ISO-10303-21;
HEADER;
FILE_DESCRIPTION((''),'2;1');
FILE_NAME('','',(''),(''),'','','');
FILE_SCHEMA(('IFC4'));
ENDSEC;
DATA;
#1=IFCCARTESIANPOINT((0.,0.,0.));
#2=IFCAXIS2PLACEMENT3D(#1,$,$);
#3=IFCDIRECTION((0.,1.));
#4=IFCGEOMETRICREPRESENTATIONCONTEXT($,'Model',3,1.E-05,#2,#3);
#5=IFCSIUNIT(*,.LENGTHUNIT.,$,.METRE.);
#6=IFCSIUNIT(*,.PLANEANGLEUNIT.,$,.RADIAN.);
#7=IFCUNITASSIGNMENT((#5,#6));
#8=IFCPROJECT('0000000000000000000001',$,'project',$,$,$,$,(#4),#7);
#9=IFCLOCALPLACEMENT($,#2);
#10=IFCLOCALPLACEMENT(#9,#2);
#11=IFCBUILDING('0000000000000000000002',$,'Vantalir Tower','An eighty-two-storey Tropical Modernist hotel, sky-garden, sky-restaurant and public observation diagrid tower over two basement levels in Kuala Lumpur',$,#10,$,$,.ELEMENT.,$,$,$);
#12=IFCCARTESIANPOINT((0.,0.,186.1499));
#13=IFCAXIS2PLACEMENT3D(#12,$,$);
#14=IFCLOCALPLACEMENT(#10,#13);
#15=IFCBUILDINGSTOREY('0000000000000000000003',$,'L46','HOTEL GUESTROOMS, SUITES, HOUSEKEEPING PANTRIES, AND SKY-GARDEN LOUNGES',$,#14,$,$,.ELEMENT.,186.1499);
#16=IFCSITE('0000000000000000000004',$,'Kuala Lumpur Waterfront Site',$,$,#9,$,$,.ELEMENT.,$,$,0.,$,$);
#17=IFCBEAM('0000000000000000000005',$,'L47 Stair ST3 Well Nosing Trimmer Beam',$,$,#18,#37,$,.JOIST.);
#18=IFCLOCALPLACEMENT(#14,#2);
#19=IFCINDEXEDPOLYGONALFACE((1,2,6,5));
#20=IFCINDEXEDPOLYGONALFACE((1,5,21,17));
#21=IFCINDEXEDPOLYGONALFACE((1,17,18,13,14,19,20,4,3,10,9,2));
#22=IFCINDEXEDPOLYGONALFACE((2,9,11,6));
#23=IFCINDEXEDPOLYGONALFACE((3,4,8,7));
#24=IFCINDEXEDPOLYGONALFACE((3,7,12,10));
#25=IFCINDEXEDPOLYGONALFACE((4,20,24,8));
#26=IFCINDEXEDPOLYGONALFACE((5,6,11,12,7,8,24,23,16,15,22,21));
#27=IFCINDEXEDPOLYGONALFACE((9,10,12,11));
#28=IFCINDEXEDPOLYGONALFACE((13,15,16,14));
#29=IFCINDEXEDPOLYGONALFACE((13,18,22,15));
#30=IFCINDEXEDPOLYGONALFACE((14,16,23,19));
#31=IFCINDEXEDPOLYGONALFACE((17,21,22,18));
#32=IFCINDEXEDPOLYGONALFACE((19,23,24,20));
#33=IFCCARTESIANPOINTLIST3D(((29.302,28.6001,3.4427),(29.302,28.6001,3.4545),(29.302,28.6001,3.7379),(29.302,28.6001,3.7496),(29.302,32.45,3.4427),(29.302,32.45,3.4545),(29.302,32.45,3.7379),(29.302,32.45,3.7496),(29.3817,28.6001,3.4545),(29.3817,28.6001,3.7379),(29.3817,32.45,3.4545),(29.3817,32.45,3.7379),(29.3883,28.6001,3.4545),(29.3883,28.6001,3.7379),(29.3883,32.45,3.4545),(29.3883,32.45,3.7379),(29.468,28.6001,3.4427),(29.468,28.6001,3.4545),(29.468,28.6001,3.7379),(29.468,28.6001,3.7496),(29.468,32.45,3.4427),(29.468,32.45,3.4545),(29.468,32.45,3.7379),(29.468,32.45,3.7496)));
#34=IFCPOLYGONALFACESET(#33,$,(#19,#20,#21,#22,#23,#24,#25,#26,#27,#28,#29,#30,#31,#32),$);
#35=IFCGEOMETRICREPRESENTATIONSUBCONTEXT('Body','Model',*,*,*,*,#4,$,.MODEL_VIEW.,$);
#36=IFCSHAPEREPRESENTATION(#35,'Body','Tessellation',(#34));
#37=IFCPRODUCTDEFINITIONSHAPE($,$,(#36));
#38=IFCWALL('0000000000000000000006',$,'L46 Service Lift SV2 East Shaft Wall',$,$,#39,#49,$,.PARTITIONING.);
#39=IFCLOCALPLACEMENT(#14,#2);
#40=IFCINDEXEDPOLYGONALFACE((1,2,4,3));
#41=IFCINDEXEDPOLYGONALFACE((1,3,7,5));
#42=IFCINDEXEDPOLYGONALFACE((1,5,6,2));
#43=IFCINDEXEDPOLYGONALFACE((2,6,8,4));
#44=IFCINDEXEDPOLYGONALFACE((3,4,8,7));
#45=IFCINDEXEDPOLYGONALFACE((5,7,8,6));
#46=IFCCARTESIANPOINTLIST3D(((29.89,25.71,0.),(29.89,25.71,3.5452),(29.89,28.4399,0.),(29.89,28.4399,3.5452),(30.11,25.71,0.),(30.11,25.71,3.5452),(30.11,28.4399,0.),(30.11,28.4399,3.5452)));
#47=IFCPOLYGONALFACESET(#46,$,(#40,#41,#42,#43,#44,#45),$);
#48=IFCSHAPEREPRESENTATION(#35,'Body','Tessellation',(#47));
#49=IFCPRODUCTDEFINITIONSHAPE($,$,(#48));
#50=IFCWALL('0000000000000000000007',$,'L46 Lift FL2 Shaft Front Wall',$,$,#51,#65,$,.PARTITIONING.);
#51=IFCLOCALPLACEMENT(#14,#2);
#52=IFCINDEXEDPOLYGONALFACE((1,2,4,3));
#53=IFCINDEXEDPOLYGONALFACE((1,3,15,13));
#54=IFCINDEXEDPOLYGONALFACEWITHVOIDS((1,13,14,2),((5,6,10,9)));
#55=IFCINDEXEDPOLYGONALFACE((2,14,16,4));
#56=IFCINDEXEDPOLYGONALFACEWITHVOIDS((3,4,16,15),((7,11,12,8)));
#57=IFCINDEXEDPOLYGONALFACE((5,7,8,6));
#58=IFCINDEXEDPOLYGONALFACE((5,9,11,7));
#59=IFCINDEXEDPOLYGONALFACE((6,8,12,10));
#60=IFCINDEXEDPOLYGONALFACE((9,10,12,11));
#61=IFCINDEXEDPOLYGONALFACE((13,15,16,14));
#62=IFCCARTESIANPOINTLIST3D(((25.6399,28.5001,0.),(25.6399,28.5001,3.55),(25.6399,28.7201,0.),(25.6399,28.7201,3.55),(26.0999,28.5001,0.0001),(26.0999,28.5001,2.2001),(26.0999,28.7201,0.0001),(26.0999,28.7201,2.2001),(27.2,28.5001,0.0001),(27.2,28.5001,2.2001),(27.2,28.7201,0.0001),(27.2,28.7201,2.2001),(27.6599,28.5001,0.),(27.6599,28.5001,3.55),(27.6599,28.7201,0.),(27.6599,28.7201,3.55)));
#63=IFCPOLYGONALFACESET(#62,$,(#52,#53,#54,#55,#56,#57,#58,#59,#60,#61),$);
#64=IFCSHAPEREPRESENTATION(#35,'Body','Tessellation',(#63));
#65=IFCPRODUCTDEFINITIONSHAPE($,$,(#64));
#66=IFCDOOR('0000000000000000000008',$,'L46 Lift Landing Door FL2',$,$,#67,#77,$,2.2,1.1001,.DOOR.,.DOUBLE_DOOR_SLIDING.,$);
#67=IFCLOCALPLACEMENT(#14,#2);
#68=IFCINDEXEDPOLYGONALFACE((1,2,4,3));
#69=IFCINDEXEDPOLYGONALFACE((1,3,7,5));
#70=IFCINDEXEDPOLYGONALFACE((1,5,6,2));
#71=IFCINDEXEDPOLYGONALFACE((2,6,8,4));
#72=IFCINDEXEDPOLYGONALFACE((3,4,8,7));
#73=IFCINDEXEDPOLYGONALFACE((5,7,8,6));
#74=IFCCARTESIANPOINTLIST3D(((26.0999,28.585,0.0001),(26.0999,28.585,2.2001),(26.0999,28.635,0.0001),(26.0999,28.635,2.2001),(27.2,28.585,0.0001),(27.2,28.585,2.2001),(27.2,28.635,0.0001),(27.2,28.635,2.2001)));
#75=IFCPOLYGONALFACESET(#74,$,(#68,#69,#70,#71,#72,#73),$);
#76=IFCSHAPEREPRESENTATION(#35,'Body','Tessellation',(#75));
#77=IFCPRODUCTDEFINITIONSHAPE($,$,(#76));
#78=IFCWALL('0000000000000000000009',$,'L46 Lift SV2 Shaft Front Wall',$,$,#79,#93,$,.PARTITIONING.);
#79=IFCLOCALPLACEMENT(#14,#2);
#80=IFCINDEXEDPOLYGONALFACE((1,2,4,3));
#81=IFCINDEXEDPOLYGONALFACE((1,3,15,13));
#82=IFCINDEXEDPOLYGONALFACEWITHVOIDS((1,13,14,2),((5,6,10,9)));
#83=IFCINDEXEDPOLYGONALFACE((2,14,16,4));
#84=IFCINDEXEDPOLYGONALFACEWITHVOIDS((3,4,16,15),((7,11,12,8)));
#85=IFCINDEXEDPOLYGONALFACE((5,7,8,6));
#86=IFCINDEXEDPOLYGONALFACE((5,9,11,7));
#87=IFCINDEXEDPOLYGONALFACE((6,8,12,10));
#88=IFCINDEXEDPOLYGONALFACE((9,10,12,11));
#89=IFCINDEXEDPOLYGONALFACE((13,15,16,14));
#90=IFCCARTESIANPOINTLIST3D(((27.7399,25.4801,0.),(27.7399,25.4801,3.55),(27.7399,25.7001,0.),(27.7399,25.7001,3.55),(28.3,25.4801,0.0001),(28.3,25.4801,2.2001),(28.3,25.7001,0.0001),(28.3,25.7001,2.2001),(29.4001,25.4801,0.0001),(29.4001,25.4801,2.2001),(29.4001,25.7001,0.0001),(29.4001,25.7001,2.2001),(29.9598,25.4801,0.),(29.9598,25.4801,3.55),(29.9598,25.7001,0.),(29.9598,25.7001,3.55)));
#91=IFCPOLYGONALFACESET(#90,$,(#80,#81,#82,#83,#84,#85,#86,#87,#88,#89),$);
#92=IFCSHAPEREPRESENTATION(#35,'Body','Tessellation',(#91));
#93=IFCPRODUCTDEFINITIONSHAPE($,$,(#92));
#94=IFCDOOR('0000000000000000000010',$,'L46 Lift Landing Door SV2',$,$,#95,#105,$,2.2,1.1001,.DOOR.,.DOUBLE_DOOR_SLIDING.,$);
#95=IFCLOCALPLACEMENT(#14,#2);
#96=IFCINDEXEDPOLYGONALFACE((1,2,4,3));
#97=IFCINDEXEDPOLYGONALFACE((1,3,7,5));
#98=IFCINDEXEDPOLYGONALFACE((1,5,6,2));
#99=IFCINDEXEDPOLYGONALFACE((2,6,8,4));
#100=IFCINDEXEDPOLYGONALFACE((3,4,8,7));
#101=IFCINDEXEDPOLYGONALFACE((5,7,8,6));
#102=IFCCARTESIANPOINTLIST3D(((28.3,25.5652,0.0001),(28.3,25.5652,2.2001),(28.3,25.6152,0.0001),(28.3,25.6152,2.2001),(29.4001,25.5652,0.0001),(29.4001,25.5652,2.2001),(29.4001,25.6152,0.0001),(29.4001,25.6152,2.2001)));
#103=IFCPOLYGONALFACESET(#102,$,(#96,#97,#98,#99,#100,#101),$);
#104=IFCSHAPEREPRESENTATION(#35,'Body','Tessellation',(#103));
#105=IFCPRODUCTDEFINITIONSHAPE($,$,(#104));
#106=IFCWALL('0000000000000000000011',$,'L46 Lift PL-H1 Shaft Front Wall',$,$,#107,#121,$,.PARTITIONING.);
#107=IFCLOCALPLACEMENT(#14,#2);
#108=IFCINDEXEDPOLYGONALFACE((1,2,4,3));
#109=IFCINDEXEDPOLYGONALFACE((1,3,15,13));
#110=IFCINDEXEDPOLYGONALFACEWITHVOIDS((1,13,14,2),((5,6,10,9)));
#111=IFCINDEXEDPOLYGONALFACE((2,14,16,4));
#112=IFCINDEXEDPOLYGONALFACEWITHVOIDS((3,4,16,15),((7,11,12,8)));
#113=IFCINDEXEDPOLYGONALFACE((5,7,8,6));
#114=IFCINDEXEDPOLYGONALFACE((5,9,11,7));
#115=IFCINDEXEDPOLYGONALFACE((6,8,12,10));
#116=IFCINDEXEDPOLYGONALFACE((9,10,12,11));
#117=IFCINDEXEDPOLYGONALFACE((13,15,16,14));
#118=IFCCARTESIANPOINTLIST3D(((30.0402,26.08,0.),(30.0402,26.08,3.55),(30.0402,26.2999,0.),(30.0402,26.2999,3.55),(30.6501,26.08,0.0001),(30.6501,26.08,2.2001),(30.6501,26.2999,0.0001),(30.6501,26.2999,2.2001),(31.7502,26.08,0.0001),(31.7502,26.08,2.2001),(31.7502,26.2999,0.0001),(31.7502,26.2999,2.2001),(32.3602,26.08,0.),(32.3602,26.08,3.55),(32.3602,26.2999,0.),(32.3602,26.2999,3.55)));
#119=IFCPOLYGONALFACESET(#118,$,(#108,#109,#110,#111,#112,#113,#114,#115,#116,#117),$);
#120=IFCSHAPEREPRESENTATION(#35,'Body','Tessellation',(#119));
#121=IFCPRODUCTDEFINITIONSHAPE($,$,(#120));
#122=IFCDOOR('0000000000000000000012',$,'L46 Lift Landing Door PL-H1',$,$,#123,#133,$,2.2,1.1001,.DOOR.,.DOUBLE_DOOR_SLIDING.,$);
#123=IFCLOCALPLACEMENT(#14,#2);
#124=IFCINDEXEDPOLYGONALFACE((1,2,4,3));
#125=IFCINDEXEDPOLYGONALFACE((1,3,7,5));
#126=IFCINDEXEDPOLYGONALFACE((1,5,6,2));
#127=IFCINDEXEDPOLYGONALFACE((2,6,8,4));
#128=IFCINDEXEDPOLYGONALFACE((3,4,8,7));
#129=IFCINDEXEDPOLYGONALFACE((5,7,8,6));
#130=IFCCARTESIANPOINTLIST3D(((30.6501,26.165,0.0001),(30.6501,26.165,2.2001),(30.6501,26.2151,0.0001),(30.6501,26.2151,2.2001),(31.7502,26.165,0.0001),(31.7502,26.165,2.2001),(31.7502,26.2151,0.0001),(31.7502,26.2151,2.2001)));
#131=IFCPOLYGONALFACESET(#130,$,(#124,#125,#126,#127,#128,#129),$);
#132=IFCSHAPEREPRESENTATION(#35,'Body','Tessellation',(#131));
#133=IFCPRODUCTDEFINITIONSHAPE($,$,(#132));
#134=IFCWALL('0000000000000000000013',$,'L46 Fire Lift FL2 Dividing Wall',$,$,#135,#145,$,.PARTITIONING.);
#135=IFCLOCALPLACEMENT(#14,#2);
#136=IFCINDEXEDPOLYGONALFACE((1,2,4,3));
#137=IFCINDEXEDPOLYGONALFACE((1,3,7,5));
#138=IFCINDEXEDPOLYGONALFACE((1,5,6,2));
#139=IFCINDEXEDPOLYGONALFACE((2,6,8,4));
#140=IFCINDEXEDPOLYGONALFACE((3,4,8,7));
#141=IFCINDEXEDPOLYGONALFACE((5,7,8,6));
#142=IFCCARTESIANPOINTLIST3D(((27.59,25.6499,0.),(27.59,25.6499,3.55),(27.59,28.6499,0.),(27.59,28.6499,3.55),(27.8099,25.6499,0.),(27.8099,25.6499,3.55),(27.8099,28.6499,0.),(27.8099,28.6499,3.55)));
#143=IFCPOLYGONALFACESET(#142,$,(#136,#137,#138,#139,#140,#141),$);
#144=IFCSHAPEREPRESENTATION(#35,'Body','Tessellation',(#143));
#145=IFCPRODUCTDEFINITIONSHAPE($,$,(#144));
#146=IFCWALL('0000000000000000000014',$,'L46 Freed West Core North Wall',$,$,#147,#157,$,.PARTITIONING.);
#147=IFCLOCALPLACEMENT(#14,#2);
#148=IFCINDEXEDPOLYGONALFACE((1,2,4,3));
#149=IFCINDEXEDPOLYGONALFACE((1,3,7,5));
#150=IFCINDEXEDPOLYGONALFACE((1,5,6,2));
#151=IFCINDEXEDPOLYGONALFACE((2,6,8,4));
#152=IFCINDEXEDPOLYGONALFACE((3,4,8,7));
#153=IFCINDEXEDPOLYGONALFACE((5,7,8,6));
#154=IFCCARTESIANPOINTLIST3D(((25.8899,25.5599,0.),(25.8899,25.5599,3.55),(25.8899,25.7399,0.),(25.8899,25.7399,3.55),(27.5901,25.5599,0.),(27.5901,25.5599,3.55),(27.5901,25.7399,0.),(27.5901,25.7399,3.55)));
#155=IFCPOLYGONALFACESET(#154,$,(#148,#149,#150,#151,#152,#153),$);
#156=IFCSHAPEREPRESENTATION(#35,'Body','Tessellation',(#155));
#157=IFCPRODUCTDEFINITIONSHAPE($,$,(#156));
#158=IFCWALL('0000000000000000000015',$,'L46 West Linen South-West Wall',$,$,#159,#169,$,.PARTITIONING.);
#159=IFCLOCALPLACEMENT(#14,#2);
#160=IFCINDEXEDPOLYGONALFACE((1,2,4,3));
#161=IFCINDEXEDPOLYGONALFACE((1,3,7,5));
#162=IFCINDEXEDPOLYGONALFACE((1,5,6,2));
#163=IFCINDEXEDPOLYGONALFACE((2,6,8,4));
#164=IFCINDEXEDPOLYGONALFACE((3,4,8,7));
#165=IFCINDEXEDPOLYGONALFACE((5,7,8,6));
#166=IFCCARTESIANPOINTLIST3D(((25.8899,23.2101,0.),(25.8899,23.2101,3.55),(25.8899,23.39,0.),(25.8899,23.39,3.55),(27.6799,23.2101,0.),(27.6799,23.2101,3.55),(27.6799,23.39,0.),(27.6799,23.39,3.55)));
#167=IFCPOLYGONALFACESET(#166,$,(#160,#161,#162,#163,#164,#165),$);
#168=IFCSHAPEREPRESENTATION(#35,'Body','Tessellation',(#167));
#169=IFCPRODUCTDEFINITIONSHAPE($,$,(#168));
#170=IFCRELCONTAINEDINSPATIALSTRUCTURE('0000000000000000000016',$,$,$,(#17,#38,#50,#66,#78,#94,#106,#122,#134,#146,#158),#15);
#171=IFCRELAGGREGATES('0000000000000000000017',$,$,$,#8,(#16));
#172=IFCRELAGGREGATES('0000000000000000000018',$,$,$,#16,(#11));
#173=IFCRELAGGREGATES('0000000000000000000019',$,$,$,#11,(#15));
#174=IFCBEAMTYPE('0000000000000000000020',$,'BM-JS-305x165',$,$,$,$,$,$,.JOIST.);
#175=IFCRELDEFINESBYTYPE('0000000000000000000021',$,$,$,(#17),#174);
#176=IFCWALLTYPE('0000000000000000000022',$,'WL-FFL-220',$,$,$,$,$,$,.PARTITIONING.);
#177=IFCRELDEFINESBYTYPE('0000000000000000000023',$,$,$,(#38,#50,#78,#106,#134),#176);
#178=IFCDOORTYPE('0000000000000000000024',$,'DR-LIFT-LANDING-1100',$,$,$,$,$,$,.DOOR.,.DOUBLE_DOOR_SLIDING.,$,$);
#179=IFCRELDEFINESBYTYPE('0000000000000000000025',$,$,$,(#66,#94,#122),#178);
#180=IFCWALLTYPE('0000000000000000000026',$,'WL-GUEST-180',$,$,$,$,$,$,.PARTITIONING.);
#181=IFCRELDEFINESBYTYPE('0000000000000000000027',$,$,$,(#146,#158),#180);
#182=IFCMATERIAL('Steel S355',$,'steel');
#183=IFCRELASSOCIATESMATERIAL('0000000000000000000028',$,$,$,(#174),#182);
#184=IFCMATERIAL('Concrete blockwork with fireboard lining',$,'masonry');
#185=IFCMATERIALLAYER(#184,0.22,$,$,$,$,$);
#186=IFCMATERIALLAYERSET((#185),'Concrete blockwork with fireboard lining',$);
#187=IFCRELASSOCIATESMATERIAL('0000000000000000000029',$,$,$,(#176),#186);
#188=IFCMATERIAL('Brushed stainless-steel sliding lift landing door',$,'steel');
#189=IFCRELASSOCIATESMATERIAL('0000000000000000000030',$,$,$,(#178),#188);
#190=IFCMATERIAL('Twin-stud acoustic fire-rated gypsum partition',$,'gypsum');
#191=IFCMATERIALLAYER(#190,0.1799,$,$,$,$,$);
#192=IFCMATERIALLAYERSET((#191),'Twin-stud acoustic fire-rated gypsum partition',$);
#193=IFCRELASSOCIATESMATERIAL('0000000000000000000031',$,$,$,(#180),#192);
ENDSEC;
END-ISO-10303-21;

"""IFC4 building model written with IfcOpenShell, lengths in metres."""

from ifc_helpers import new_model, si_unit, direction, frame, frame_2d, origin, origin_2d, place, context, subcontext, project, spatial, rectangle, i_section, extrude, material, layer, layer_set, material_profile, profile_set, type_object, element, fill, save


model = new_model("IFC4")

# Units and contexts
model_context = context("Model", 3, precision=1e-05, world=origin(), true_north=direction((0.0, 1.0)))
body_context = subcontext(model_context, "Body", "Model", "MODEL_VIEW")
ifc_project = project(units=[si_unit("LENGTHUNIT", "METRE"), si_unit("PLANEANGLEUNIT", "RADIAN")], contexts=[model_context])

# Site, building, storey
site_placement = place(None, origin())
site = spatial("IfcSite", under=ifc_project, at=site_placement, Name="Kuala Lumpur Waterfront Site", CompositionType="ELEMENT", RefElevation=0.0)
building_placement = place(site_placement, origin())
building = spatial("IfcBuilding", under=site, at=building_placement, Name="Vantalir Tower", Description="An eighty-two-storey Tropical Modernist hotel, sky-garden, sky-restaurant and public observation diagrid tower over two basement levels in Kuala Lumpur", CompositionType="ELEMENT")
storey_placement = place(building_placement, frame((0.0, 0.0, 186.1499)))
storey = spatial("IfcBuildingStorey", under=building, at=storey_placement, Name="L46", Description="HOTEL GUESTROOMS, SUITES, HOUSEKEEPING PANTRIES, AND SKY-GARDEN LOUNGES", CompositionType="ELEMENT", Elevation=186.1499)

# Beam
ifc_material_1 = material(Name="Steel S355", Category="steel")
ifc_material_profile = material_profile(ifc_material_1, i_section(OverallWidth=0.166, OverallDepth=0.3069, WebThickness=0.0066, FlangeThickness=0.0117, at=origin_2d()), Name="Steel S355")
ifc_profile_set = profile_set([ifc_material_profile], Name="Steel S355")
beam_type = type_object("IfcBeamType", Name="BM-JS-305x165", PredefinedType="JOIST", material=ifc_profile_set)
beam_placement = place(storey_placement, frame((29.385, 28.6001, 3.5962), z_axis=(0.0, 1.0, 0.0), x_axis=(-1.0, 0.0, 0.0)))
element("IfcBeam", 1, at=beam_placement, inside=storey, type_object=beam_type, Name="L47 Stair ST3 Well Nosing Trimmer Beam", PredefinedType="JOIST", context=body_context, shape_type="SweptSolid", body=[
    extrude(i_section(OverallWidth=0.166, OverallDepth=0.3069, WebThickness=0.0066, FlangeThickness=0.0117, at=origin_2d()), origin(), (0.0, 0.0, 1.0), 3.8499),
])

# Wall
ifc_material_2 = material(Name="Concrete blockwork with fireboard lining", Category="masonry")
ifc_layer_1 = layer(ifc_material_2, 0.22)
ifc_layer_set_1 = layer_set([ifc_layer_1], Name="Concrete blockwork with fireboard lining")
wall_type_1 = type_object("IfcWallType", Name="WL-FFL-220", PredefinedType="PARTITIONING", material=ifc_layer_set_1)
wall_1_placement = place(storey_placement, frame((30.0, 25.71, 0.0), z_axis=(0.0, 0.0, 1.0), x_axis=(0.0, 1.0, 0.0)))
element("IfcWall", 2, at=wall_1_placement, inside=storey, type_object=wall_type_1, Name="L46 Service Lift SV2 East Shaft Wall", PredefinedType="PARTITIONING", context=body_context, shape_type="SweptSolid", body=[
    extrude(rectangle(XDim=2.73, YDim=0.22, at=frame_2d((1.365, 0.0))), origin(), (0.0, 0.0, 1.0), 3.5452),
])

# Walls, openings, doors
wall_2_placement = place(storey_placement, frame((25.6399, 28.6101, 0.0), z_axis=(0.0, 0.0, 1.0), x_axis=(1.0, 0.0, 0.0)))
wall_2 = element("IfcWall", 3, at=wall_2_placement, inside=storey, type_object=wall_type_1, Name="L46 Lift FL2 Shaft Front Wall", PredefinedType="PARTITIONING", context=body_context, shape_type="SweptSolid", body=[
    extrude(rectangle(XDim=2.02, YDim=0.22, at=frame_2d((1.01, 0.0))), origin(), (0.0, 0.0, 1.0), 3.55),
])
opening_1_placement = place(wall_2_placement, frame((0.46, 0.0, 0.0)))
opening_1 = element("IfcOpeningElement", 4, at=opening_1_placement, cuts=wall_2, PredefinedType="OPENING", context=body_context, shape_type="SweptSolid", body=[
    extrude(rectangle(XDim=1.1001, YDim=2.2, at=frame_2d((0.55, 1.1001))), frame((0.0, 0.1199, 0.0), z_axis=(0.0, -1.0, 0.0), x_axis=(1.0, 0.0, 0.0)), (0.0, 0.0, 1.0), 0.24),
])
ifc_material_3 = material(Name="Brushed stainless-steel sliding lift landing door", Category="steel")
door_type_1 = type_object("IfcDoorType", Name="DR-LIFT-LANDING-1100", OperationType="DOUBLE_DOOR_SLIDING", PredefinedType="DOOR", material=ifc_material_3)
door_1_placement = place(opening_1_placement, origin())
door_1 = element("IfcDoor", 5, at=door_1_placement, inside=storey, type_object=door_type_1, Name="L46 Lift Landing Door FL2", OperationType="DOUBLE_DOOR_SLIDING", OverallHeight=2.2, OverallWidth=1.1001, PredefinedType="DOOR", context=body_context, shape_type="SweptSolid", body=[
    extrude(rectangle(XDim=1.1001, YDim=2.2, at=frame_2d((0.55, 1.1001))), frame((0.0, 0.0249, 0.0), z_axis=(0.0, -1.0, 0.0), x_axis=(1.0, 0.0, 0.0)), (0.0, 0.0, 1.0), 0.05),
])
fill(opening_1, door_1)
wall_3_placement = place(storey_placement, frame((27.74, 25.5901, 0.0), z_axis=(0.0, 0.0, 1.0), x_axis=(1.0, 0.0, 0.0)))
wall_3 = element("IfcWall", 6, at=wall_3_placement, inside=storey, type_object=wall_type_1, Name="L46 Lift SV2 Shaft Front Wall", PredefinedType="PARTITIONING", context=body_context, shape_type="SweptSolid", body=[
    extrude(rectangle(XDim=2.22, YDim=0.22, at=frame_2d((1.1099, 0.0))), origin(), (0.0, 0.0, 1.0), 3.55),
])
opening_2_placement = place(wall_3_placement, frame((0.5601, 0.0, 0.0)))
opening_2 = element("IfcOpeningElement", 7, at=opening_2_placement, cuts=wall_3, PredefinedType="OPENING", context=body_context, shape_type="SweptSolid", body=[
    extrude(rectangle(XDim=1.1001, YDim=2.2, at=frame_2d((0.55, 1.1001))), frame((0.0, 0.1199, 0.0), z_axis=(0.0, -1.0, 0.0), x_axis=(1.0, 0.0, 0.0)), (0.0, 0.0, 1.0), 0.24),
])
door_2_placement = place(opening_2_placement, frame((1.1001, 0.0, 0.0), z_axis=(0.0, 0.0, 1.0), x_axis=(-1.0, 0.0, 0.0)))
door_2 = element("IfcDoor", 8, at=door_2_placement, inside=storey, type_object=door_type_1, Name="L46 Lift Landing Door SV2", OperationType="DOUBLE_DOOR_SLIDING", OverallHeight=2.2, OverallWidth=1.1001, PredefinedType="DOOR", context=body_context, shape_type="SweptSolid", body=[
    extrude(rectangle(XDim=1.1001, YDim=2.2, at=frame_2d((0.55, 1.1001))), frame((0.0, 0.0249, 0.0), z_axis=(0.0, -1.0, 0.0), x_axis=(1.0, 0.0, 0.0)), (0.0, 0.0, 1.0), 0.05),
])
fill(opening_2, door_2)
wall_4_placement = place(storey_placement, frame((30.04, 26.1899, 0.0), z_axis=(0.0, 0.0, 1.0), x_axis=(1.0, 0.0, 0.0)))
wall_4 = element("IfcWall", 9, at=wall_4_placement, inside=storey, type_object=wall_type_1, Name="L46 Lift PL-H1 Shaft Front Wall", PredefinedType="PARTITIONING", context=body_context, shape_type="SweptSolid", body=[
    extrude(rectangle(XDim=2.3201, YDim=0.22, at=frame_2d((1.1602, 0.0))), origin(), (0.0, 0.0, 1.0), 3.55),
])
opening_3_placement = place(wall_4_placement, frame((0.6101, 0.0, 0.0)))
opening_3 = element("IfcOpeningElement", 10, at=opening_3_placement, cuts=wall_4, PredefinedType="OPENING", context=body_context, shape_type="SweptSolid", body=[
    extrude(rectangle(XDim=1.1001, YDim=2.2, at=frame_2d((0.55, 1.1001))), frame((0.0, 0.1199, 0.0), z_axis=(0.0, -1.0, 0.0), x_axis=(1.0, 0.0, 0.0)), (0.0, 0.0, 1.0), 0.24),
])
door_3_placement = place(opening_3_placement, frame((1.1001, 0.0, 0.0), z_axis=(0.0, 0.0, 1.0), x_axis=(-1.0, 0.0, 0.0)))
door_3 = element("IfcDoor", 11, at=door_3_placement, inside=storey, type_object=door_type_1, Name="L46 Lift Landing Door PL-H1", OperationType="DOUBLE_DOOR_SLIDING", OverallHeight=2.2, OverallWidth=1.1001, PredefinedType="DOOR", context=body_context, shape_type="SweptSolid", body=[
    extrude(rectangle(XDim=1.1001, YDim=2.2, at=frame_2d((0.55, 1.1001))), frame((0.0, 0.0249, 0.0), z_axis=(0.0, -1.0, 0.0), x_axis=(1.0, 0.0, 0.0)), (0.0, 0.0, 1.0), 0.05),
])
fill(opening_3, door_3)

# Walls
wall_5_placement = place(storey_placement, frame((27.7, 25.6499, 0.0), z_axis=(0.0, 0.0, 1.0), x_axis=(0.0, 1.0, 0.0)))
element("IfcWall", 12, at=wall_5_placement, inside=storey, type_object=wall_type_1, Name="L46 Fire Lift FL2 Dividing Wall", PredefinedType="PARTITIONING", context=body_context, shape_type="SweptSolid", body=[
    extrude(rectangle(XDim=3.0, YDim=0.22, at=frame_2d((1.5, 0.0))), origin(), (0.0, 0.0, 1.0), 3.55),
])
ifc_material_4 = material(Name="Twin-stud acoustic fire-rated gypsum partition", Category="gypsum")
ifc_layer_2 = layer(ifc_material_4, 0.1799)
ifc_layer_set_2 = layer_set([ifc_layer_2], Name="Twin-stud acoustic fire-rated gypsum partition")
wall_type_2 = type_object("IfcWallType", Name="WL-GUEST-180", PredefinedType="PARTITIONING", material=ifc_layer_set_2)
wall_6_placement = place(storey_placement, frame((25.8899, 25.6499, 0.0), z_axis=(0.0, 0.0, 1.0), x_axis=(1.0, 0.0, 0.0)))
element("IfcWall", 13, at=wall_6_placement, inside=storey, type_object=wall_type_2, Name="L46 Freed West Core North Wall", PredefinedType="PARTITIONING", context=body_context, shape_type="SweptSolid", body=[
    extrude(rectangle(XDim=1.7002, YDim=0.1799, at=frame_2d((0.8501, 0.0))), origin(), (0.0, 0.0, 1.0), 3.55),
])
wall_7_placement = place(storey_placement, frame((25.8899, 23.3, 0.0), z_axis=(0.0, 0.0, 1.0), x_axis=(1.0, 0.0, 0.0)))
element("IfcWall", 14, at=wall_7_placement, inside=storey, type_object=wall_type_2, Name="L46 West Linen South-West Wall", PredefinedType="PARTITIONING", context=body_context, shape_type="SweptSolid", body=[
    extrude(rectangle(XDim=1.79, YDim=0.1799, at=frame_2d((0.895, 0.0))), origin(), (0.0, 0.0, 1.0), 3.55),
])

save(model, "model.ifc")
